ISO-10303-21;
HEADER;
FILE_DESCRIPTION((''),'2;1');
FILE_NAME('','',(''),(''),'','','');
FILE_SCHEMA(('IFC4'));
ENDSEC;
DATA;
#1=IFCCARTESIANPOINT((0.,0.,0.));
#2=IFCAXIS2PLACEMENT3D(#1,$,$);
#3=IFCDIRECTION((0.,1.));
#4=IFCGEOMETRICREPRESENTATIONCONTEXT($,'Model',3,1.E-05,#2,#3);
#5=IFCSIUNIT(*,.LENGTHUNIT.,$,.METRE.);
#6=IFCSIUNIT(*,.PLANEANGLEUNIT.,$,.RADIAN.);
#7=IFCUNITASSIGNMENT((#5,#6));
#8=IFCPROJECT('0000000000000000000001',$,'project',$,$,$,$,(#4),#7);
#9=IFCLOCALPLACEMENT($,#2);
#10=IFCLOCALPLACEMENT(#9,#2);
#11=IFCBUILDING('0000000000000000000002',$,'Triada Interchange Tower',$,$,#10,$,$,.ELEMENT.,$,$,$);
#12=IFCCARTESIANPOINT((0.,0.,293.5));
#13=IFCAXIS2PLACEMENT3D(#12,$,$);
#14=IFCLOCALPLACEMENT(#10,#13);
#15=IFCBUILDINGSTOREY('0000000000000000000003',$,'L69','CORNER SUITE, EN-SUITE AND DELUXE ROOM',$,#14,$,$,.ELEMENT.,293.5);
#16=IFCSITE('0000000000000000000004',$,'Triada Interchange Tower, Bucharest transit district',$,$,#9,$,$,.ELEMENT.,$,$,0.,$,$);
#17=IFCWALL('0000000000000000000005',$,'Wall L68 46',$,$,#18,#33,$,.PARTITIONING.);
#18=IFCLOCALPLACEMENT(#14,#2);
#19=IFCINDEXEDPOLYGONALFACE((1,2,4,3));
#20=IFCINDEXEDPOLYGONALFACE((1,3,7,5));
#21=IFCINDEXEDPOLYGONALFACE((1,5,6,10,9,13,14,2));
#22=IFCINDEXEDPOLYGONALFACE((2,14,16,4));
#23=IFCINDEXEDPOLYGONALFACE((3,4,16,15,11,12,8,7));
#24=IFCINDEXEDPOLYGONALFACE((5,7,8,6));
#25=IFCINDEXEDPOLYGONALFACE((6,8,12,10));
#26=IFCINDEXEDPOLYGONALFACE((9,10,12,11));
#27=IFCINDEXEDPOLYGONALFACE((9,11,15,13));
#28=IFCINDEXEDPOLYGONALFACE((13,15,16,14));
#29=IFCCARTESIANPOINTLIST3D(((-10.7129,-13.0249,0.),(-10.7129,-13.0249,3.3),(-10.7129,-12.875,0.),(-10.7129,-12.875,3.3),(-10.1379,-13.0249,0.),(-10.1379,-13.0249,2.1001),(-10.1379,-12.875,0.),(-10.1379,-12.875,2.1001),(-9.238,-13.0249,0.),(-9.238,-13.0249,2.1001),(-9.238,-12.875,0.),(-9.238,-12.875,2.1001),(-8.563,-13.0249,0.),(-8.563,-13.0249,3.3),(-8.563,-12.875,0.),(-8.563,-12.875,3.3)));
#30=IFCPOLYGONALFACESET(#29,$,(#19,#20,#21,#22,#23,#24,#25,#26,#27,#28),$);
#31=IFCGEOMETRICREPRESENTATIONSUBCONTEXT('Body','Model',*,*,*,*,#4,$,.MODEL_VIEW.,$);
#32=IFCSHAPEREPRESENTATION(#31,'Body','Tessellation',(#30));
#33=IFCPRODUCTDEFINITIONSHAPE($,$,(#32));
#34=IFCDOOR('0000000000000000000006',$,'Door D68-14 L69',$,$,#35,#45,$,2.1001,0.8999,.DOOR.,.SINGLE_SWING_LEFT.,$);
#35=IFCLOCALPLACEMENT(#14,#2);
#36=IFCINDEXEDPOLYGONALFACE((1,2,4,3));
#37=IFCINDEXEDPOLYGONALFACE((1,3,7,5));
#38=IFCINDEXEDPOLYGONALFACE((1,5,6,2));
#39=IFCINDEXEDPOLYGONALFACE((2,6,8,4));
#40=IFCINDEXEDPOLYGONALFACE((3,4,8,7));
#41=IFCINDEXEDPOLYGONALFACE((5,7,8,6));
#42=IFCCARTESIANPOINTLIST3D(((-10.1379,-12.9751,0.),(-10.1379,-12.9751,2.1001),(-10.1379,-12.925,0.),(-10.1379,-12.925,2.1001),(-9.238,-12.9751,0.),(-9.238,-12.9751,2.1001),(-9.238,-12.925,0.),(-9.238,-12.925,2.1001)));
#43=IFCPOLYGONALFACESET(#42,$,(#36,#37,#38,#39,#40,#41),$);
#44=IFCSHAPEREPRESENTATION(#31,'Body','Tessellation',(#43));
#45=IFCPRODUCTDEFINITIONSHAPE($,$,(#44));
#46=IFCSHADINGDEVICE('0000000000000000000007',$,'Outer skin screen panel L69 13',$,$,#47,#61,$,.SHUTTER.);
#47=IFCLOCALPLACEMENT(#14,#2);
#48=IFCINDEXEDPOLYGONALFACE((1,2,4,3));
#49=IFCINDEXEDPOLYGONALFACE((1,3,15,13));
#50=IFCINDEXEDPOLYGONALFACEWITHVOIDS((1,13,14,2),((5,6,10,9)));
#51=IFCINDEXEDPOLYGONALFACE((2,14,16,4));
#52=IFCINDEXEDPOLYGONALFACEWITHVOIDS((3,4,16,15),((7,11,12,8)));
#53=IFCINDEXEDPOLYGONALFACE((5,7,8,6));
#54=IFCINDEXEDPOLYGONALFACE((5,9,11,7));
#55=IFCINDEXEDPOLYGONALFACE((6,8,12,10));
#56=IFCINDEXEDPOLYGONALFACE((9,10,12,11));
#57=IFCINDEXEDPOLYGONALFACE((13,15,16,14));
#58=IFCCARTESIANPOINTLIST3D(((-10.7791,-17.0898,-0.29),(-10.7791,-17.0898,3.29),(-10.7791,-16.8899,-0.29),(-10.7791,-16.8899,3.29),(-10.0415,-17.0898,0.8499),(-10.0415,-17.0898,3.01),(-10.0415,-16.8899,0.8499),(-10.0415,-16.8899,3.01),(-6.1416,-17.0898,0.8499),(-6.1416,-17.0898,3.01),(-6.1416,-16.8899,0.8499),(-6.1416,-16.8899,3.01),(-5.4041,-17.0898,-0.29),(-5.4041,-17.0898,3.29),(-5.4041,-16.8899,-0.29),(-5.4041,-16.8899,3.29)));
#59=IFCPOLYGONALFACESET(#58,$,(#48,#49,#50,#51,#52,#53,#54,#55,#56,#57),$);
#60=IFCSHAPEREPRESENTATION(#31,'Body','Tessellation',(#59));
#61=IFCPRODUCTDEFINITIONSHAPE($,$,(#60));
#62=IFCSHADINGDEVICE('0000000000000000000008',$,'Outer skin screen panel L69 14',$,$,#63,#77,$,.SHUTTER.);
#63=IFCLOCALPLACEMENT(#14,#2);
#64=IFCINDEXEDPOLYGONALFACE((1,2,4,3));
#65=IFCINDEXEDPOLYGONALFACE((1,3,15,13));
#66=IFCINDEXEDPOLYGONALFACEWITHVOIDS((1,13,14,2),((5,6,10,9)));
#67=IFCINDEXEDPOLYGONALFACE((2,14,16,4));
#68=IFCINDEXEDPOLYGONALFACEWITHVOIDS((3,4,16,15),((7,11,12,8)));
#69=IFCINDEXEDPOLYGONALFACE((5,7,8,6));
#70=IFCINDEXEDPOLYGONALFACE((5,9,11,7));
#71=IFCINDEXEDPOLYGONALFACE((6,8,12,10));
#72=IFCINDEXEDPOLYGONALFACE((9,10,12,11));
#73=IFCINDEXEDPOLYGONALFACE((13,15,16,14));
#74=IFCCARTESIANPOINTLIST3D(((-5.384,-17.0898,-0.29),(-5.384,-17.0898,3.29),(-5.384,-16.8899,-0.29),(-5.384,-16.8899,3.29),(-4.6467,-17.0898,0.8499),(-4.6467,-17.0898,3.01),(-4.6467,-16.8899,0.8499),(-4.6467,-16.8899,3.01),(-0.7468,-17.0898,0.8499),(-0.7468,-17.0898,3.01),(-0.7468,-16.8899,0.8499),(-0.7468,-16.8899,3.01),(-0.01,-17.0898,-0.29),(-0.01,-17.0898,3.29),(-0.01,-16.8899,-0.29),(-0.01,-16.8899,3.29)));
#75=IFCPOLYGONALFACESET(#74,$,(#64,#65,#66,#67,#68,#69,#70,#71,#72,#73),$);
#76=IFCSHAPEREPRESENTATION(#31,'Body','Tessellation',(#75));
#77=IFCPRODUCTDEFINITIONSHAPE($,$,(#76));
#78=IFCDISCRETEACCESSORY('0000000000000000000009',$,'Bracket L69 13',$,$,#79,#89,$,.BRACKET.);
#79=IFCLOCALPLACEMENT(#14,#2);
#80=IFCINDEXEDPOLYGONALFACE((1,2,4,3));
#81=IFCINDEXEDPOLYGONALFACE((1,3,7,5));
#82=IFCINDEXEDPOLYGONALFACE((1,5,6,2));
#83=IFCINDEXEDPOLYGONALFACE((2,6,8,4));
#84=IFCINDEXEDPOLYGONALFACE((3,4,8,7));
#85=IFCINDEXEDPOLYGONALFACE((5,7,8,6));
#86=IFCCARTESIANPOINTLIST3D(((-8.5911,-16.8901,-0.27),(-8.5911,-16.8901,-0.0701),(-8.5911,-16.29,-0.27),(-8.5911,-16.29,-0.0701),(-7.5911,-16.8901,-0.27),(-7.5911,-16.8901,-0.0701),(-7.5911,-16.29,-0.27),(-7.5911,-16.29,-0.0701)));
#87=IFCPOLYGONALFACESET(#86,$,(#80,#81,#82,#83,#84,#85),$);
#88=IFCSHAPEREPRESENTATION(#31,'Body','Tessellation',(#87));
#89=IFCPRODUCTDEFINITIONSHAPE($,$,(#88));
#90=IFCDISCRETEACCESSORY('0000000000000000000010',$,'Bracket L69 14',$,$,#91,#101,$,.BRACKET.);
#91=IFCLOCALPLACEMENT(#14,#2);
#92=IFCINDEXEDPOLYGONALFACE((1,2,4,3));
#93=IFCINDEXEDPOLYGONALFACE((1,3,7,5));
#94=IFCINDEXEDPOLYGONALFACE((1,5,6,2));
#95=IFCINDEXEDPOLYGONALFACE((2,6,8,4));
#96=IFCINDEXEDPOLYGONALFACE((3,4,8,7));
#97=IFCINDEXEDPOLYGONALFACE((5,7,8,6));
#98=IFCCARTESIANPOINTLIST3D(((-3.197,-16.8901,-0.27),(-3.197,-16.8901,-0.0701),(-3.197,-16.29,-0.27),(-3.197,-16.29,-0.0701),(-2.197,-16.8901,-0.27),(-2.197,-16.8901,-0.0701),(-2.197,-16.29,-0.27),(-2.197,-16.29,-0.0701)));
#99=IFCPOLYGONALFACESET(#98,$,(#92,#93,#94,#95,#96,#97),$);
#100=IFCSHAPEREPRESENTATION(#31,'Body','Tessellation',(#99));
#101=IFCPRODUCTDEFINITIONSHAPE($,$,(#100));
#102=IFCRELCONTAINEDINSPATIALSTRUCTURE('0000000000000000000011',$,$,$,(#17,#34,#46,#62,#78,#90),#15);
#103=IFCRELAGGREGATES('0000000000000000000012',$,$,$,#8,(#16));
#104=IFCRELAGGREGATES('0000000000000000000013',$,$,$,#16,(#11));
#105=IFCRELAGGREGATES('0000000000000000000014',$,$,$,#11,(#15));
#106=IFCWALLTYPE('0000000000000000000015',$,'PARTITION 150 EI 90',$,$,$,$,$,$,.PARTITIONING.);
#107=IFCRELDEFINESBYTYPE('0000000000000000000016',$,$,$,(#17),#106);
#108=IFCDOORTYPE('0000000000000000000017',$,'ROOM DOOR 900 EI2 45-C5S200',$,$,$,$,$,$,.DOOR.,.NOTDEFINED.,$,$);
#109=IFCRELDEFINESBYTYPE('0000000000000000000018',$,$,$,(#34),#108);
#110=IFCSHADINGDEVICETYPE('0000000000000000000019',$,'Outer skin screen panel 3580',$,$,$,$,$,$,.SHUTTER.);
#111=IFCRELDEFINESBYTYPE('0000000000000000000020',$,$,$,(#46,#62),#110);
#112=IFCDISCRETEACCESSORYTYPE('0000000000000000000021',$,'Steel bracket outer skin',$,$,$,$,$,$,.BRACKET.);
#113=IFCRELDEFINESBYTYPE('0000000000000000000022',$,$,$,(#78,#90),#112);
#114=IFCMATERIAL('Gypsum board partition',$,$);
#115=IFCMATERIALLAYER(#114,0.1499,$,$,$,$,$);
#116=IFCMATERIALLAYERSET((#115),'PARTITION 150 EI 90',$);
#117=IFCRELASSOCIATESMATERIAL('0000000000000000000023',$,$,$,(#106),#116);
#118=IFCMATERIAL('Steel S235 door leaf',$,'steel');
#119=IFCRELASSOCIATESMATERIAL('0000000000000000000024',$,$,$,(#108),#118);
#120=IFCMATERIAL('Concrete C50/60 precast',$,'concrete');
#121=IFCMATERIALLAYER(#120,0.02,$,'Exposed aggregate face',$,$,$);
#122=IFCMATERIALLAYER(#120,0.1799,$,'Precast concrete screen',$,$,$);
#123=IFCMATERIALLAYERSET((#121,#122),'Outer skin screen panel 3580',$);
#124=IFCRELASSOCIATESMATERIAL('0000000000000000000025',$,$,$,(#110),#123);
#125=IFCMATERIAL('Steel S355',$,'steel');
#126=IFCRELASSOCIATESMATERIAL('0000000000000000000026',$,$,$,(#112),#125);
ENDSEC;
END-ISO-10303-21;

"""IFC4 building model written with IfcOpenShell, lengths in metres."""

from ifc_helpers import new_model, si_unit, direction, frame, frame_2d, origin, origin_2d, place, context, subcontext, project, spatial, polyline, rectangle, outline, extrude, material, layer, layer_set, type_object, element, fill, save


model = new_model("IFC4")

# Units and contexts
model_context = context("Model", 3, precision=1e-05, world=origin(), true_north=direction((0.0, 1.0)))
body_context = subcontext(model_context, "Body", "Model", "MODEL_VIEW")
ifc_project = project(units=[si_unit("LENGTHUNIT", "METRE"), si_unit("PLANEANGLEUNIT", "RADIAN")], contexts=[model_context])

# Site, building, storey
site_placement = place(None, origin())
site = spatial("IfcSite", under=ifc_project, at=site_placement, Name="Triada Interchange Tower, Bucharest transit district", CompositionType="ELEMENT", RefElevation=0.0)
building_placement = place(site_placement, origin())
building = spatial("IfcBuilding", under=site, at=building_placement, Name="Triada Interchange Tower", CompositionType="ELEMENT")
storey_placement = place(building_placement, frame((0.0, 0.0, 293.5)))
storey = spatial("IfcBuildingStorey", under=building, at=storey_placement, Name="L69", Description="CORNER SUITE, EN-SUITE AND DELUXE ROOM", CompositionType="ELEMENT", Elevation=293.5)

# Shared definitions
ifc_material_1 = material(Name="Gypsum board partition")
ifc_layer_1 = layer(ifc_material_1, 0.1499)
ifc_layer_set_1 = layer_set([ifc_layer_1], Name="PARTITION 150 EI 90")
wall_type_1 = type_object("IfcWallType", Name="PARTITION 150 EI 90", PredefinedType="PARTITIONING", material=ifc_layer_set_1)

# Wall, opening, door
wall_1_placement = place(storey_placement, frame((-10.7129, -12.95, 0.0), z_axis=(0.0, 0.0, 1.0), x_axis=(1.0, 0.0, 0.0)))
wall_1 = element("IfcWall", 1, at=wall_1_placement, inside=storey, type_object=wall_type_1, Name="Wall L68 46", PredefinedType="PARTITIONING", context=body_context, shape_type="SweptSolid", body=[
    extrude(rectangle(XDim=2.1499, YDim=0.1499, at=frame_2d((1.075, 0.0))), origin(), (0.0, 0.0, 1.0), 3.3),
])
opening_placement = place(wall_1_placement, frame((0.575, 0.0, 0.0)))
opening = element("IfcOpeningElement", 2, at=opening_placement, cuts=wall_1, PredefinedType="OPENING", context=body_context, shape_type="SweptSolid", body=[
    extrude(rectangle(XDim=0.8999, YDim=2.1001, at=frame_2d((0.45, 1.05))), frame((0.0, 0.085, 0.0), z_axis=(0.0, -1.0, 0.0), x_axis=(1.0, 0.0, 0.0)), (0.0, 0.0, 1.0), 0.1699),
])
ifc_material_2 = material(Name="Steel S235 door leaf", Category="steel")
door_type = type_object("IfcDoorType", Name="ROOM DOOR 900 EI2 45-C5S200", OperationType="NOTDEFINED", PredefinedType="DOOR", material=ifc_material_2)
door_placement = place(opening_placement, origin())
door = element("IfcDoor", 3, at=door_placement, inside=storey, type_object=door_type, Name="Door D68-14 L69", OperationType="SINGLE_SWING_LEFT", OverallHeight=2.1001, OverallWidth=0.8999, PredefinedType="DOOR", context=body_context, shape_type="SweptSolid", body=[
    extrude(rectangle(XDim=0.8999, YDim=2.1001, at=frame_2d((0.45, 1.05))), frame((0.0, 0.0249, 0.0), z_axis=(0.0, -1.0, 0.0), x_axis=(1.0, 0.0, 0.0)), (0.0, 0.0, 1.0), 0.05),
])
fill(opening, door)

# Shading devices
ifc_material_3 = material(Name="Concrete C50/60 precast", Category="concrete")
ifc_layer_2 = layer(ifc_material_3, 0.02, Name="Exposed aggregate face")
ifc_layer_3 = layer(ifc_material_3, 0.1799, Name="Precast concrete screen")
ifc_layer_set_2 = layer_set([ifc_layer_2, ifc_layer_3], Name="Outer skin screen panel 3580")
shading_device_type = type_object("IfcShadingDeviceType", Name="Outer skin screen panel 3580", PredefinedType="SHUTTER", material=ifc_layer_set_2)
shading_device_1_placement = place(storey_placement, frame((-10.7791, -16.8899, -0.29), z_axis=(0.0, 0.0, 1.0), x_axis=(1.0, 0.0, 0.0)))
element("IfcShadingDevice", 4, at=shading_device_1_placement, inside=storey, type_object=shading_device_type, Name="Outer skin screen panel L69 13", PredefinedType="SHUTTER", context=body_context, shape_type="SweptSolid", body=[
    extrude(outline(polyline([(0.0, 0.0), (5.375, 0.0), (5.375, 3.5801), (0.0, 3.5801), (0.0, 0.0)]), holes=[polyline([(0.7375, 1.1399), (0.7375, 3.3), (4.6375, 3.3), (4.6375, 1.1399), (0.7375, 1.1399)])]), frame((0.0, 0.0, 0.0), z_axis=(0.0, -1.0, 0.0), x_axis=(1.0, 0.0, 0.0)), (0.0, 0.0, 1.0), 0.2),
])
shading_device_2_placement = place(storey_placement, frame((-5.384, -16.8899, -0.29), z_axis=(0.0, 0.0, 1.0), x_axis=(1.0, 0.0, 0.0)))
element("IfcShadingDevice", 5, at=shading_device_2_placement, inside=storey, type_object=shading_device_type, Name="Outer skin screen panel L69 14", PredefinedType="SHUTTER", context=body_context, shape_type="SweptSolid", body=[
    extrude(outline(polyline([(0.0, 0.0), (5.374, 0.0), (5.374, 3.5801), (0.0, 3.5801), (0.0, 0.0)]), holes=[polyline([(0.7373, 1.1399), (0.7373, 3.3), (4.6372, 3.3), (4.6372, 1.1399), (0.7373, 1.1399)])]), frame((0.0, 0.0, 0.0), z_axis=(0.0, -1.0, 0.0), x_axis=(1.0, 0.0, 0.0)), (0.0, 0.0, 1.0), 0.2),
])

# Discrete accessories
ifc_material_4 = material(Name="Steel S355", Category="steel")
discrete_accessory_type = type_object("IfcDiscreteAccessoryType", Name="Steel bracket outer skin", PredefinedType="BRACKET", material=ifc_material_4)
for number, where, z_axis, x_axis, name in (
    (6, (-8.0911, -16.5901, -0.27), (0.0, 0.0, 1.0), (0.0, -1.0, 0.0), "Bracket L69 13"),
    (7, (-2.697, -16.5901, -0.27), (0.0, 0.0, 1.0), (0.0, -1.0, 0.0), "Bracket L69 14"),
):
    element("IfcDiscreteAccessory", number, at=place(storey_placement, frame(where, z_axis=z_axis, x_axis=x_axis)), inside=storey, type_object=discrete_accessory_type, Name=name, PredefinedType="BRACKET", context=body_context, shape_type="SweptSolid", body=[
        extrude(rectangle(XDim=0.6001, YDim=1.0, at=origin_2d()), origin(), (0.0, 0.0, 1.0), 0.2),
    ])

save(model, "model.ifc")
